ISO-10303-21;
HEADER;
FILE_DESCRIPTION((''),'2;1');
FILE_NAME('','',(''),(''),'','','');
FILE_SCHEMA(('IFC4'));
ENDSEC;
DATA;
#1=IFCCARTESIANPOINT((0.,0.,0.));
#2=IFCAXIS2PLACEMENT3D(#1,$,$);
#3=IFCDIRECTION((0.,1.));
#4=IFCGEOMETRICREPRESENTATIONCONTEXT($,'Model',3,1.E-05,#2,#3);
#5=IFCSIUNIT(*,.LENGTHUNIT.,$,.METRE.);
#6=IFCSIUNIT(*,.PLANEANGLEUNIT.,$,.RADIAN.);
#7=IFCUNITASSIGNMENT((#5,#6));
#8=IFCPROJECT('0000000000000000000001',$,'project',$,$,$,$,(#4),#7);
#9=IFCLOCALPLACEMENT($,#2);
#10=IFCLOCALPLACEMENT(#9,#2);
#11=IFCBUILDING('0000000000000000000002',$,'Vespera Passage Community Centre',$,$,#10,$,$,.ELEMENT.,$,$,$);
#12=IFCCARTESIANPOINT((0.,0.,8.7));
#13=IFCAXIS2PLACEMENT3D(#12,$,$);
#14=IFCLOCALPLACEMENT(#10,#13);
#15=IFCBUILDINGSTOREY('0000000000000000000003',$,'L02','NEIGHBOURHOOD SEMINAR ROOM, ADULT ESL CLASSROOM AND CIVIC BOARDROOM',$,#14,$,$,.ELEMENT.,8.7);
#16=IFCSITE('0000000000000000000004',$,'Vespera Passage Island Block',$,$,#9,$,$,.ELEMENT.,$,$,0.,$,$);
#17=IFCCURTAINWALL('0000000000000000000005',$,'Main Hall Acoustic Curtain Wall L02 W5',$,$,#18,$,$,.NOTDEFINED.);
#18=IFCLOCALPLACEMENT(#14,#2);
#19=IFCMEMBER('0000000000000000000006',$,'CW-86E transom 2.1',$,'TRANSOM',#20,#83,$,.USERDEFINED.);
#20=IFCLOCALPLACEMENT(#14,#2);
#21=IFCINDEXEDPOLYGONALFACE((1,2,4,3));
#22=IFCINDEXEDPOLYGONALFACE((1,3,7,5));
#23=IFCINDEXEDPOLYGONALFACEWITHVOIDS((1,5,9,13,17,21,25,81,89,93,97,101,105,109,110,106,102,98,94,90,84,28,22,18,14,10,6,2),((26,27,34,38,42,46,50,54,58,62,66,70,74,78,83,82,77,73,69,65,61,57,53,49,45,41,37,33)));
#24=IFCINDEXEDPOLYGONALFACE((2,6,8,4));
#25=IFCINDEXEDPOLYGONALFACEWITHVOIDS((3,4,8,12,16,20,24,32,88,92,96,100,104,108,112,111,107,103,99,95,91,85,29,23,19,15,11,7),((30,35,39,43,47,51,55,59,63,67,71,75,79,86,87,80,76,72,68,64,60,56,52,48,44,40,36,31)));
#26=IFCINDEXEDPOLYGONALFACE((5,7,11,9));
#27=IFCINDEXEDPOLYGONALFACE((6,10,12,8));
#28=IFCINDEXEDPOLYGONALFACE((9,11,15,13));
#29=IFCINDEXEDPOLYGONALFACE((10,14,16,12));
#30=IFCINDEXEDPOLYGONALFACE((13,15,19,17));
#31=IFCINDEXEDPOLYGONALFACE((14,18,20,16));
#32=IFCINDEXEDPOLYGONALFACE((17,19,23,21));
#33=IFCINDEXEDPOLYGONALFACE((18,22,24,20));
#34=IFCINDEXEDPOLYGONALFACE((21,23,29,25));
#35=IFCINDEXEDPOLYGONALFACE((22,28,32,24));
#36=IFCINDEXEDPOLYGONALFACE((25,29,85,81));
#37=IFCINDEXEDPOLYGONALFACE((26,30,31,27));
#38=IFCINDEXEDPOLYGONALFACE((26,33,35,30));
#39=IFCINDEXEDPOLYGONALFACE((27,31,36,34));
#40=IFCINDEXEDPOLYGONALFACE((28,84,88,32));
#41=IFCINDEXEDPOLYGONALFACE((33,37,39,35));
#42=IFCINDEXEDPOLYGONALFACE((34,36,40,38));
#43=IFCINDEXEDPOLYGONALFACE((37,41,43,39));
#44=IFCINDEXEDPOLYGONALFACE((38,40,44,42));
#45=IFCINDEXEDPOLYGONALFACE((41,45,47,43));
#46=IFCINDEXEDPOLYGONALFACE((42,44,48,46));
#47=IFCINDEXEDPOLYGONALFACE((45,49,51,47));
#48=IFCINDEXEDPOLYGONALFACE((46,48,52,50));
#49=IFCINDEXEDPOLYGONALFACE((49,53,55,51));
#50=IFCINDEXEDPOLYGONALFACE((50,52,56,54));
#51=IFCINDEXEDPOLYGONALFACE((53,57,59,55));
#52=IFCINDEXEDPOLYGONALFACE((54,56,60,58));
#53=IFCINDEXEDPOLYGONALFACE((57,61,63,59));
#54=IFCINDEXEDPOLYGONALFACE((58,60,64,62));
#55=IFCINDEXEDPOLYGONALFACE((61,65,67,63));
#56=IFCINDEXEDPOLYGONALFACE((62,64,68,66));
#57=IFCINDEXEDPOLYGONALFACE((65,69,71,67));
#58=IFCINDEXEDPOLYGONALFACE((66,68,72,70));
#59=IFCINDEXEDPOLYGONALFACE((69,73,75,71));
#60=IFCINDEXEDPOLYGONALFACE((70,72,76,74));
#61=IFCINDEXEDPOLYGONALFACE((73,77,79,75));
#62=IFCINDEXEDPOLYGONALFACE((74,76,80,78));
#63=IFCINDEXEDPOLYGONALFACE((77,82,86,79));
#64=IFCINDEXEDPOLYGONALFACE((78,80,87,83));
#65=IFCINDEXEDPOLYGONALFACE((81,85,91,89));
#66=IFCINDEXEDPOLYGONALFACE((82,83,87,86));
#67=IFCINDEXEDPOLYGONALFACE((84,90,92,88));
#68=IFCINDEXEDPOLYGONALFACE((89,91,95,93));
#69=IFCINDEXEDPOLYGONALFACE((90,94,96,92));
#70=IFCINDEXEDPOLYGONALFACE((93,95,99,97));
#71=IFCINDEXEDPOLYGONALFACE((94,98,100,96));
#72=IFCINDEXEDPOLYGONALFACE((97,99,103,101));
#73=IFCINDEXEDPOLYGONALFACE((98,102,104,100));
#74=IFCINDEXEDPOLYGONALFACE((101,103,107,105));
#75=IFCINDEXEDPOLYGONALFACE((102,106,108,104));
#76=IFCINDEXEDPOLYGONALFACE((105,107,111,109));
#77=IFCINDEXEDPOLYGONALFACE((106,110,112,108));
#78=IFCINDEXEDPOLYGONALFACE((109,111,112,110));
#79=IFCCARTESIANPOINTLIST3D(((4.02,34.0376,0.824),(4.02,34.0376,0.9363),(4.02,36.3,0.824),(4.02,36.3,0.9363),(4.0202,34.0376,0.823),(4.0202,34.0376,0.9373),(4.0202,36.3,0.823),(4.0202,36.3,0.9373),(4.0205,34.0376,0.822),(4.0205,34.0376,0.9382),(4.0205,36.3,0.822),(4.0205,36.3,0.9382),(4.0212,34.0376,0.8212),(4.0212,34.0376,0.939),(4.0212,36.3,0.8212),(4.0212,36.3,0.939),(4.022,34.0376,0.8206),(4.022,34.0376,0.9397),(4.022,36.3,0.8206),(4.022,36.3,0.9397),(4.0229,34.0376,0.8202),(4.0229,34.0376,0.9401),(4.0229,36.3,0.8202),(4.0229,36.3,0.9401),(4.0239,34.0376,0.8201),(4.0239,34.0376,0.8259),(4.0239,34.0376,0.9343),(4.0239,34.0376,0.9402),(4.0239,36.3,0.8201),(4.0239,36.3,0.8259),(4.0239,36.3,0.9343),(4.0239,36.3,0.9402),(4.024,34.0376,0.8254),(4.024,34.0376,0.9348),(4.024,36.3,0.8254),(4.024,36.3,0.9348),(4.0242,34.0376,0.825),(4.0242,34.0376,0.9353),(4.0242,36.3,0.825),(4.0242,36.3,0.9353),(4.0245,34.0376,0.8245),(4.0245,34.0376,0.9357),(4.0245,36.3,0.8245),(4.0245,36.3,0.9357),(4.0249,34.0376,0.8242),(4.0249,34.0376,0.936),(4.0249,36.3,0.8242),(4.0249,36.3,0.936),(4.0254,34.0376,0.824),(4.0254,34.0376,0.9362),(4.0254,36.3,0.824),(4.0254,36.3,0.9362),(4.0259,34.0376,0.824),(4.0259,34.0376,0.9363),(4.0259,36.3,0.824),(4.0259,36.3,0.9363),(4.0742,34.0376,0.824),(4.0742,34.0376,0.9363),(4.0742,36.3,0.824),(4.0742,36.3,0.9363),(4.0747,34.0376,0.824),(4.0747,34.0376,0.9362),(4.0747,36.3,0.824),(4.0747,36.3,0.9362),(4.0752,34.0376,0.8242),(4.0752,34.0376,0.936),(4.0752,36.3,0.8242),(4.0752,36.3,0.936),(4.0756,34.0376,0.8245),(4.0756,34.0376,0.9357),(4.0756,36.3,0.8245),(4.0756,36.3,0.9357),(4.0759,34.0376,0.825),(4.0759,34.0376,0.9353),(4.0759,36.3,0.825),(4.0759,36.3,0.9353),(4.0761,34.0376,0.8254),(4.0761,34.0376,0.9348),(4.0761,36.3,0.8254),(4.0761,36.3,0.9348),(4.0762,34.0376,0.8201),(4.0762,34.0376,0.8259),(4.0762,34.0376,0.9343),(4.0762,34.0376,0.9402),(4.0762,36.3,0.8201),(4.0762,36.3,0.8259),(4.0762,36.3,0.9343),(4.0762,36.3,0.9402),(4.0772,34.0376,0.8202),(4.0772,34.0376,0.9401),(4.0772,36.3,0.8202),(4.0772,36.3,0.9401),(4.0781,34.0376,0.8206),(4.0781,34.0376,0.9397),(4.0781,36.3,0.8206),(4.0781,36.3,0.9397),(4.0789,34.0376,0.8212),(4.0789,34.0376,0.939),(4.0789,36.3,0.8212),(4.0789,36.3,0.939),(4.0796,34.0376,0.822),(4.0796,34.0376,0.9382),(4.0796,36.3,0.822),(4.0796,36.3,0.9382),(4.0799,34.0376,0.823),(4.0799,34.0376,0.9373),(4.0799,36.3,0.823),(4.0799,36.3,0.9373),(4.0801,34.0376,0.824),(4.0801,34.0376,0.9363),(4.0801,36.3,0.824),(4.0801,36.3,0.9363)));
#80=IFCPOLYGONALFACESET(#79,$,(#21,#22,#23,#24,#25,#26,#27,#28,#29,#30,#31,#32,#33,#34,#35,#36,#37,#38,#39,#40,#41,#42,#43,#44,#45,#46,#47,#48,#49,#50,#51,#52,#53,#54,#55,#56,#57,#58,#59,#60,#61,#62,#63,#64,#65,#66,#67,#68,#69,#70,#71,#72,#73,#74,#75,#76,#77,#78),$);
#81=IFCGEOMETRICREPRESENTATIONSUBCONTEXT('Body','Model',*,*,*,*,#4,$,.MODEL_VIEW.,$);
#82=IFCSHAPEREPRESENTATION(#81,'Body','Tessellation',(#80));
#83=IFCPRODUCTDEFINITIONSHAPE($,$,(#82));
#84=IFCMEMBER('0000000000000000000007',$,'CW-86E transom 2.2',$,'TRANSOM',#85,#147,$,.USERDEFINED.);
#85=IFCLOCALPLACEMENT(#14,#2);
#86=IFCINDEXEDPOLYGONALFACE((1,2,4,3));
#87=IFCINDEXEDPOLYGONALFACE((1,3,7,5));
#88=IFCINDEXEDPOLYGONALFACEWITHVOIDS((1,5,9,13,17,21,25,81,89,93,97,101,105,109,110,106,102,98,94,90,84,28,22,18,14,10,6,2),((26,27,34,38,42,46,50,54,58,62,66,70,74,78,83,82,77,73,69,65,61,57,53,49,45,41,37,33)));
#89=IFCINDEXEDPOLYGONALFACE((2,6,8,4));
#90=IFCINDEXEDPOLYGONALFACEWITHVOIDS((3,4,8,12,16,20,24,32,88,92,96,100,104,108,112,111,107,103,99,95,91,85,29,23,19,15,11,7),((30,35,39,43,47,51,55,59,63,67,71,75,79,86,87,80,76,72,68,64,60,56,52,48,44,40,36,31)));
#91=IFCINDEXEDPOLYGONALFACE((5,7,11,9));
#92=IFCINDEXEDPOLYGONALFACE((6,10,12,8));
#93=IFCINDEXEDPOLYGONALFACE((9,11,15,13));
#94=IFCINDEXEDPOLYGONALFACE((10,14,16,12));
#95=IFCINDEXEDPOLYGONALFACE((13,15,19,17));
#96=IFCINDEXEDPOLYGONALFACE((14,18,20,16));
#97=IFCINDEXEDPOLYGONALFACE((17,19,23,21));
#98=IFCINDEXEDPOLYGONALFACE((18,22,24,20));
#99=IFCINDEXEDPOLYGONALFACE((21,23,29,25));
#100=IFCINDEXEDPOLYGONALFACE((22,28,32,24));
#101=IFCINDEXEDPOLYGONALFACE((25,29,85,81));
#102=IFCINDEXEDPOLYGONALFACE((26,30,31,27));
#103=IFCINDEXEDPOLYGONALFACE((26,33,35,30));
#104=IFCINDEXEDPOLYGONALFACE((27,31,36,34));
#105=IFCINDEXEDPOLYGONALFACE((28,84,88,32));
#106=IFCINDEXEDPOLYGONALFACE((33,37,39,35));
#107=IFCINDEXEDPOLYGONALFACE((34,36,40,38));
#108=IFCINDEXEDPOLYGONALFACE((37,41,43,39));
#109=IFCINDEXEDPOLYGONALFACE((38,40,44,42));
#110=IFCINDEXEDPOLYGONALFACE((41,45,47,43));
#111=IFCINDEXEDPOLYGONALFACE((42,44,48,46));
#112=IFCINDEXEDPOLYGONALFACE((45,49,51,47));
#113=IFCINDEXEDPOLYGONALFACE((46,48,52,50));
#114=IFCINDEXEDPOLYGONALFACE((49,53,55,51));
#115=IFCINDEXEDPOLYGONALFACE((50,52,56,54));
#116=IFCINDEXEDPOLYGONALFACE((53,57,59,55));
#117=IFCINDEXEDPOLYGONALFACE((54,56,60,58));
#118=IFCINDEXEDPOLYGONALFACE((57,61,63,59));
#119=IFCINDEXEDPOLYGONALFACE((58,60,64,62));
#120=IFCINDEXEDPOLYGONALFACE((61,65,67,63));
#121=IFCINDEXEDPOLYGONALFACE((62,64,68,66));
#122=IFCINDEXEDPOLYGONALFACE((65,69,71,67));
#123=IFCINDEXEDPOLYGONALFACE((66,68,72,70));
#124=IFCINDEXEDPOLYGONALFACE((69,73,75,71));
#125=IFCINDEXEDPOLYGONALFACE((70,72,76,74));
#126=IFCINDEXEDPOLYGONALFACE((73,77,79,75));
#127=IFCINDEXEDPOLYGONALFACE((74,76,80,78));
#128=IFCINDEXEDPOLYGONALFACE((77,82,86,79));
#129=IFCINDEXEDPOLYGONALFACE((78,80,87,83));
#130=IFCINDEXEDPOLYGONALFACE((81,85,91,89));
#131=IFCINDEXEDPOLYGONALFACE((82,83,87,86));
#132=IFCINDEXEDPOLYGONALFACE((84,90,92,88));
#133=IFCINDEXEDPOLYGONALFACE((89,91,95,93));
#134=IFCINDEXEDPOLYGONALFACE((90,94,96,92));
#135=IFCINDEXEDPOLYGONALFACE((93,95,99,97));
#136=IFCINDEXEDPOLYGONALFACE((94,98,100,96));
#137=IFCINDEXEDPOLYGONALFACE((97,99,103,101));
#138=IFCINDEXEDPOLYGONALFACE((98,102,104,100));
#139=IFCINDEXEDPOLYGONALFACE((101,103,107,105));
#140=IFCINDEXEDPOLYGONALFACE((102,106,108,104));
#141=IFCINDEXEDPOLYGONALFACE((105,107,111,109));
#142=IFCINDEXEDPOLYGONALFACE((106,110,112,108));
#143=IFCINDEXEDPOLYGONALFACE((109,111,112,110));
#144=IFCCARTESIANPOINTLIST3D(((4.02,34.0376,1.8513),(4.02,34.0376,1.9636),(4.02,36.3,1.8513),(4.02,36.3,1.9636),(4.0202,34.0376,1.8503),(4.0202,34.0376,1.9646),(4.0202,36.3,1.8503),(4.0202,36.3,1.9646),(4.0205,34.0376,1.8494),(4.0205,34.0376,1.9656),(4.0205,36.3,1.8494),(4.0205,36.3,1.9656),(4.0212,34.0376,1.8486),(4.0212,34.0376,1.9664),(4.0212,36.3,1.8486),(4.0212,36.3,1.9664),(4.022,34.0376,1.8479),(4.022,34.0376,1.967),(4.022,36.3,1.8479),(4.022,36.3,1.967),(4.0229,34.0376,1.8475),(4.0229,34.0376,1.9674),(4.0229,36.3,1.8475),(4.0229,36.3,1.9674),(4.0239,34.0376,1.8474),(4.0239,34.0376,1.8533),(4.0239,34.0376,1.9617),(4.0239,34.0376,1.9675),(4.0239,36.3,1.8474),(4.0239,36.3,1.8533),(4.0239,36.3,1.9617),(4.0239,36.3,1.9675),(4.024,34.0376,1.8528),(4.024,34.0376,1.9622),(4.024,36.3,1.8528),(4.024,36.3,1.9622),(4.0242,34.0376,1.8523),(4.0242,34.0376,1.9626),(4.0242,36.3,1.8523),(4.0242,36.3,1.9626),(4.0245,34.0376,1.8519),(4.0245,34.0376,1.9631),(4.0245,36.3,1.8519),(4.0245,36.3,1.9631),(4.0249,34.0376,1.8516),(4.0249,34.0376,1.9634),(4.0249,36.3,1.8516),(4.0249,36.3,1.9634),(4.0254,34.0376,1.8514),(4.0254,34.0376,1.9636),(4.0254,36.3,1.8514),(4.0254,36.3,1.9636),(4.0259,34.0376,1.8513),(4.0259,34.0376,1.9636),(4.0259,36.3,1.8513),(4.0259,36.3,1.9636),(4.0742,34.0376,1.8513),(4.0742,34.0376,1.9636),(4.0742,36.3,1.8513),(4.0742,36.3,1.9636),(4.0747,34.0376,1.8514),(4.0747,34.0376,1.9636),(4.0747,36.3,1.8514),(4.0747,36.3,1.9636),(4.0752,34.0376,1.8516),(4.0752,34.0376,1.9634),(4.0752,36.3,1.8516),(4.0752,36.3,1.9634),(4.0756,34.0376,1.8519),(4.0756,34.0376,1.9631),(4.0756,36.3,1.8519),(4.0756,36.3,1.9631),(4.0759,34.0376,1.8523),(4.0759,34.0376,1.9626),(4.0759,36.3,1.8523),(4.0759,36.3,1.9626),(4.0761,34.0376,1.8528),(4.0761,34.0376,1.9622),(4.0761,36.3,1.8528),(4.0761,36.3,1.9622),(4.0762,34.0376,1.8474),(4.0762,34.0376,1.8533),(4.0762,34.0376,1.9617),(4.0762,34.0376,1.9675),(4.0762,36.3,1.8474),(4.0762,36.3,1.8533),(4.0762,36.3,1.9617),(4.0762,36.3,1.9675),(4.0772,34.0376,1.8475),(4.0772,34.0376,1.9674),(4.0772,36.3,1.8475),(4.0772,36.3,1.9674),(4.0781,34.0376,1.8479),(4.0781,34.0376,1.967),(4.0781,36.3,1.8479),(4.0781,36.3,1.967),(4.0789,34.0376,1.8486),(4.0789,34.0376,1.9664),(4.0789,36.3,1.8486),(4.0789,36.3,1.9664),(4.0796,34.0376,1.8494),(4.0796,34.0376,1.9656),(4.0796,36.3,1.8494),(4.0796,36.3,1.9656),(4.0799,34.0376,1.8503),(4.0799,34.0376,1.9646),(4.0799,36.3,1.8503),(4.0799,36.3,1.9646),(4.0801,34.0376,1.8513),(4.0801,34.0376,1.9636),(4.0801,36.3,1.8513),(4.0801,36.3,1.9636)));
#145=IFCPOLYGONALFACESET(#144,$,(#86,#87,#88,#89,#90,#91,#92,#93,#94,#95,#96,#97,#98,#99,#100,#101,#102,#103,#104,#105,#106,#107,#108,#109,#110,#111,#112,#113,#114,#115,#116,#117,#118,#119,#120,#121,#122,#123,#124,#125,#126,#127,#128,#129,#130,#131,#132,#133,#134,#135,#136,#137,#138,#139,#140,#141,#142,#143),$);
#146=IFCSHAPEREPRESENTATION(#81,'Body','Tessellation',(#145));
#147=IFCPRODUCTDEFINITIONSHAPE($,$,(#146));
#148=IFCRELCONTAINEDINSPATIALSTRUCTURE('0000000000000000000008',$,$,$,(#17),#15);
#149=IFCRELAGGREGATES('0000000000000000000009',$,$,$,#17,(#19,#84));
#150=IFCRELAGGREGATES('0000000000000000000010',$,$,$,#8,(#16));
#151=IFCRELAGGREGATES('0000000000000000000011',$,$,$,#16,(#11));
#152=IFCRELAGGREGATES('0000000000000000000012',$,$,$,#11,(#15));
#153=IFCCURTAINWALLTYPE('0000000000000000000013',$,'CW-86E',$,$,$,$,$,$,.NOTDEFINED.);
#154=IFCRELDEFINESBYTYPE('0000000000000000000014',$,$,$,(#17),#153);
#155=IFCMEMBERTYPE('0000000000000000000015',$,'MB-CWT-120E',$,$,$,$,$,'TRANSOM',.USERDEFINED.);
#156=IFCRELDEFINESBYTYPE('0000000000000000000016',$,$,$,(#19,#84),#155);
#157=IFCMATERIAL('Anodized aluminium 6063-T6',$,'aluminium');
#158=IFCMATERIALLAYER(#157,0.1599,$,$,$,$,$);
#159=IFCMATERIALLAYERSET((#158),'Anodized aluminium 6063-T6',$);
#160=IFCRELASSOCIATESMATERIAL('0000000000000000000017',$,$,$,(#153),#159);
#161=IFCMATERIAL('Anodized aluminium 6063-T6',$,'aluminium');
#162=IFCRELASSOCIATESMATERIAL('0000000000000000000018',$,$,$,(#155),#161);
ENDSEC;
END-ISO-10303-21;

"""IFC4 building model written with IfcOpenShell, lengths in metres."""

from ifc_helpers import new_model, si_unit, direction, frame, origin, origin_2d, place, context, subcontext, project, spatial, hollow_rectangle, extrude, material, layer, layer_set, material_profile, profile_set, type_object, element, aggregate, save


model = new_model("IFC4")

# Units and contexts
model_context = context("Model", 3, precision=1e-05, world=origin(), true_north=direction((0.0, 1.0)))
body_context = subcontext(model_context, "Body", "Model", "MODEL_VIEW")
ifc_project = project(units=[si_unit("LENGTHUNIT", "METRE"), si_unit("PLANEANGLEUNIT", "RADIAN")], contexts=[model_context])

# Site, building, storey
site_placement = place(None, origin())
site = spatial("IfcSite", under=ifc_project, at=site_placement, Name="Vespera Passage Island Block", CompositionType="ELEMENT", RefElevation=0.0)
building_placement = place(site_placement, origin())
building = spatial("IfcBuilding", under=site, at=building_placement, Name="Vespera Passage Community Centre", CompositionType="ELEMENT")
storey_placement = place(building_placement, frame((0.0, 0.0, 8.7)))
storey = spatial("IfcBuildingStorey", under=building, at=storey_placement, Name="L02", Description="NEIGHBOURHOOD SEMINAR ROOM, ADULT ESL CLASSROOM AND CIVIC BOARDROOM", CompositionType="ELEMENT", Elevation=8.7)

# Curtain wall
ifc_material_1 = material(Name="Anodized aluminium 6063-T6", Category="aluminium")
ifc_layer_1 = layer(ifc_material_1, 0.1599)
ifc_layer_set_1 = layer_set([ifc_layer_1], Name="Anodized aluminium 6063-T6")
curtain_wall_type = type_object("IfcCurtainWallType", Name="CW-86E", PredefinedType="NOTDEFINED", material=ifc_layer_set_1)
curtain_wall_1_placement = place(storey_placement, origin())
curtain_wall_1 = element("IfcCurtainWall", 1, at=curtain_wall_1_placement, inside=storey, type_object=curtain_wall_type, Name="Main Hall Acoustic Curtain Wall L02 W5", PredefinedType="NOTDEFINED")

# Members
ifc_material_2 = material(Name="Anodized aluminium 6063-T6", Category="aluminium")
ifc_material_profile_1 = material_profile(ifc_material_2, hollow_rectangle(XDim=0.0601, YDim=0.1201, WallThickness=0.0039, InnerFilletRadius=0.002, OuterFilletRadius=0.0039, at=origin_2d()), Name="ALU120X60X4")
ifc_profile_set_1 = profile_set([ifc_material_profile_1], Name="Anodized aluminium 6063-T6")
member_type_1 = type_object("IfcMemberType", Name="MB-CWT-120E", ElementType="TRANSOM", PredefinedType="USERDEFINED", material=ifc_profile_set_1)
member_1_placement = place(storey_placement, frame((4.05, 34.0376, 0.8801), z_axis=(0.0, 1.0, 0.0), x_axis=(-1.0, 0.0, 0.0)))
member_1 = element("IfcMember", 2, at=member_1_placement, type_object=member_type_1, Name="CW-86E transom 2.1", ObjectType="TRANSOM", PredefinedType="USERDEFINED", context=body_context, shape_type="SweptSolid", body=[
    extrude(hollow_rectangle(XDim=0.0601, YDim=0.1201, WallThickness=0.0039, InnerFilletRadius=0.002, OuterFilletRadius=0.0039, at=origin_2d()), origin(), (0.0, 0.0, 1.0), 2.2625),
])
member_2_placement = place(storey_placement, frame((4.05, 34.0376, 1.9075), z_axis=(0.0, 1.0, 0.0), x_axis=(-1.0, 0.0, 0.0)))
member_2 = element("IfcMember", 3, at=member_2_placement, type_object=member_type_1, Name="CW-86E transom 2.2", ObjectType="TRANSOM", PredefinedType="USERDEFINED", context=body_context, shape_type="SweptSolid", body=[
    extrude(hollow_rectangle(XDim=0.0601, YDim=0.1201, WallThickness=0.0039, InnerFilletRadius=0.002, OuterFilletRadius=0.0039, at=origin_2d()), origin(), (0.0, 0.0, 1.0), 2.2625),
])

aggregate(curtain_wall_1, [member_1, member_2])

save(model, "model.ifc")
